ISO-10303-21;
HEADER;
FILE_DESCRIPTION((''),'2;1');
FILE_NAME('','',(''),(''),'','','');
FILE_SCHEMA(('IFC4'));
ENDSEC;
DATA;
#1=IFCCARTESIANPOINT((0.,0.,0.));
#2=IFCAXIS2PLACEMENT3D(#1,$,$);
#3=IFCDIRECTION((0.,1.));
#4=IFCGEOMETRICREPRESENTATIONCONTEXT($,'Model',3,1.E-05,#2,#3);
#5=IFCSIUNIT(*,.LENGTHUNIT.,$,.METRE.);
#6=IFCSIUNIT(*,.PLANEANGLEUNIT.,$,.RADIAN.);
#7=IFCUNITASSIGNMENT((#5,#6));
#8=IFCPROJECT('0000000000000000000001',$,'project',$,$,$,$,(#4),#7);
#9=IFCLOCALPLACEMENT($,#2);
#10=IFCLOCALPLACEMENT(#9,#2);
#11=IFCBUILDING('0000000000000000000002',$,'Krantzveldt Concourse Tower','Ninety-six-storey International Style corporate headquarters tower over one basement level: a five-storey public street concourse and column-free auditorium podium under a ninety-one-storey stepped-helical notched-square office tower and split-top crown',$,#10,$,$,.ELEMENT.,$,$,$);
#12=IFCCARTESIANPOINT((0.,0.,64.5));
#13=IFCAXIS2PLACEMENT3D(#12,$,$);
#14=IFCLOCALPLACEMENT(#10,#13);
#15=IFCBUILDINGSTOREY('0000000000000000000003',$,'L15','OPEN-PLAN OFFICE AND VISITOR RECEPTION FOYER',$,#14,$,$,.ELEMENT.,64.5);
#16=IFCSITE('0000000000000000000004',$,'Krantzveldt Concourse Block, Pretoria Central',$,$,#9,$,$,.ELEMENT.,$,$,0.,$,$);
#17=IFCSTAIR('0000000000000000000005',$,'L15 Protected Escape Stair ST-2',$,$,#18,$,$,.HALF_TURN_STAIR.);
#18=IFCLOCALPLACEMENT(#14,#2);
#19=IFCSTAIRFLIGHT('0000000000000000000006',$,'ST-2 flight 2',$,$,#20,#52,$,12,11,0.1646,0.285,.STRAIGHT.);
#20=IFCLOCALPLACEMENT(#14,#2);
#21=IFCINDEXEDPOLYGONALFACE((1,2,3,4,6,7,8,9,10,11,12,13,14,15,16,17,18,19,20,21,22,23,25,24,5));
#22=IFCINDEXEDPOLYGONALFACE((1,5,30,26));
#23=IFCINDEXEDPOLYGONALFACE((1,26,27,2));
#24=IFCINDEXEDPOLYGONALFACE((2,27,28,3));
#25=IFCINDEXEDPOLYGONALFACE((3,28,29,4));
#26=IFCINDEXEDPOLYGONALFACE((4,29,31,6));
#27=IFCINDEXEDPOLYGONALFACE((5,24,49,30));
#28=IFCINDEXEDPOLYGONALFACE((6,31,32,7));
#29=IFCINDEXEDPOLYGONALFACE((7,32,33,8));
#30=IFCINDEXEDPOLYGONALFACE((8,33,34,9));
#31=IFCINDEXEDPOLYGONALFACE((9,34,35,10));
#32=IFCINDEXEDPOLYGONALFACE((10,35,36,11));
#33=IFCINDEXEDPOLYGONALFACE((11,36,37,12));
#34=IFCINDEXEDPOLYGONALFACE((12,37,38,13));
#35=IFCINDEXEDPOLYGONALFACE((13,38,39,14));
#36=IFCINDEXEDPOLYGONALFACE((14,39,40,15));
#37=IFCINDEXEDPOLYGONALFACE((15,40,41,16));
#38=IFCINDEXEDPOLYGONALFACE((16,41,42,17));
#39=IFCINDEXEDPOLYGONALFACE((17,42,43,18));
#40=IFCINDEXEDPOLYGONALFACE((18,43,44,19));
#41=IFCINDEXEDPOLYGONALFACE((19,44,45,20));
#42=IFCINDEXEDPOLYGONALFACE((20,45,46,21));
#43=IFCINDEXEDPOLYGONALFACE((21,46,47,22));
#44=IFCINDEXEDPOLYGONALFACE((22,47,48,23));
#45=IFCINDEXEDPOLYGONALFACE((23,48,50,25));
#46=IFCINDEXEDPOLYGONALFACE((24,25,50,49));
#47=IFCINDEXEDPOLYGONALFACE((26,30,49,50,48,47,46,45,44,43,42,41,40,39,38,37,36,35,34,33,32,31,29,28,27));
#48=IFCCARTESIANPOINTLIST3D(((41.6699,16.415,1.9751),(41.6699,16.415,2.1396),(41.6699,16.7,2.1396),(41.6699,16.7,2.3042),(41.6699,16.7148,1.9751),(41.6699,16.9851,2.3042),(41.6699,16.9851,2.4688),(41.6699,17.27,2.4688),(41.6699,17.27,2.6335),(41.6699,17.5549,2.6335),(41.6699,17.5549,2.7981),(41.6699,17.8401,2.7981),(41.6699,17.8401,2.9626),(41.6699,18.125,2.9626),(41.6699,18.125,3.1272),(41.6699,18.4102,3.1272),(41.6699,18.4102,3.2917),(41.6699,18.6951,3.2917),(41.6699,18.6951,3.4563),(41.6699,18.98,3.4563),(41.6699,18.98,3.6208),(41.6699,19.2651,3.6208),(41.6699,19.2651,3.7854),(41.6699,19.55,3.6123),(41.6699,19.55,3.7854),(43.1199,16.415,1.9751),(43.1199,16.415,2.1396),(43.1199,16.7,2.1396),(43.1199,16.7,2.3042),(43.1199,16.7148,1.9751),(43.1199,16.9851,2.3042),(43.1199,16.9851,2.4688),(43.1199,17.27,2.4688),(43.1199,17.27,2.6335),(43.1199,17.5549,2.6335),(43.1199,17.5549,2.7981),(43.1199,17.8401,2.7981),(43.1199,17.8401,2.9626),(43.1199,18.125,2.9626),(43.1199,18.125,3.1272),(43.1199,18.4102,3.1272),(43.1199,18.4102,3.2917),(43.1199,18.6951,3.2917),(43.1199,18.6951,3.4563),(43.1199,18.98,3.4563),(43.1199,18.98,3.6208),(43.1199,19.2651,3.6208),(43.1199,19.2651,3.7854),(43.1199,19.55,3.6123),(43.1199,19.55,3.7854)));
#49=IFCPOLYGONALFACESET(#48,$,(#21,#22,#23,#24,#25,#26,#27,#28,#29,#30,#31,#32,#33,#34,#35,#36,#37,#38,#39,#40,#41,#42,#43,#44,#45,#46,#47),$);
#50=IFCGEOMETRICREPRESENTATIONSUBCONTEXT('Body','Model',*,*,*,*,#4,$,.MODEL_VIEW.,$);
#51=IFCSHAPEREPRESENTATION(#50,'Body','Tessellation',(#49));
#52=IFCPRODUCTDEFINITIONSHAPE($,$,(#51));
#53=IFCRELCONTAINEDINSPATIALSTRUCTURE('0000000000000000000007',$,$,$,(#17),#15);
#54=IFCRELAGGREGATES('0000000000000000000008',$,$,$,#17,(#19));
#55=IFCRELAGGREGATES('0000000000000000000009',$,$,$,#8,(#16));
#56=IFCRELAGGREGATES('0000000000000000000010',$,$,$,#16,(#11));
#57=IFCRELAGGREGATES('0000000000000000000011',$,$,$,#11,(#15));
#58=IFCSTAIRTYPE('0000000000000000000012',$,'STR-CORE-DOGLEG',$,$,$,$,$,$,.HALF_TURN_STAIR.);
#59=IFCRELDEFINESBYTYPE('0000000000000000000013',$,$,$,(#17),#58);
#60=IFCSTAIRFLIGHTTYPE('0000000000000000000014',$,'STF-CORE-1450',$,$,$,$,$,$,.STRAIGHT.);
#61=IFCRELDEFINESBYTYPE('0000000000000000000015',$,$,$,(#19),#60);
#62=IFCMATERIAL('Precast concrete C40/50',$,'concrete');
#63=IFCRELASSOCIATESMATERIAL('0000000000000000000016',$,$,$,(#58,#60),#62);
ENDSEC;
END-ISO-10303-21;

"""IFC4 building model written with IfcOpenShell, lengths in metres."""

from ifc_helpers import new_model, si_unit, direction, frame, origin, place, context, subcontext, project, spatial, polyline, outline, extrude, material, type_object, element, aggregate, save


model = new_model("IFC4")

# Units and contexts
model_context = context("Model", 3, precision=1e-05, world=origin(), true_north=direction((0.0, 1.0)))
body_context = subcontext(model_context, "Body", "Model", "MODEL_VIEW")
ifc_project = project(units=[si_unit("LENGTHUNIT", "METRE"), si_unit("PLANEANGLEUNIT", "RADIAN")], contexts=[model_context])

# Site, building, storey
site_placement = place(None, origin())
site = spatial("IfcSite", under=ifc_project, at=site_placement, Name="Krantzveldt Concourse Block, Pretoria Central", CompositionType="ELEMENT", RefElevation=0.0)
building_placement = place(site_placement, origin())
building = spatial("IfcBuilding", under=site, at=building_placement, Name="Krantzveldt Concourse Tower", Description="Ninety-six-storey International Style corporate headquarters tower over one basement level: a five-storey public street concourse and column-free auditorium podium under a ninety-one-storey stepped-helical notched-square office tower and split-top crown", CompositionType="ELEMENT")
storey_placement = place(building_placement, frame((0.0, 0.0, 64.5)))
storey = spatial("IfcBuildingStorey", under=building, at=storey_placement, Name="L15", Description="OPEN-PLAN OFFICE AND VISITOR RECEPTION FOYER", CompositionType="ELEMENT", Elevation=64.5)

# Stair, stair flight
ifc_material_1 = material(Name="Precast concrete C40/50", Category="concrete")
stair_type = type_object("IfcStairType", Name="STR-CORE-DOGLEG", PredefinedType="HALF_TURN_STAIR", material=ifc_material_1)
stair_placement = place(storey_placement, origin())
stair = element("IfcStair", 1, at=stair_placement, inside=storey, type_object=stair_type, Name="L15 Protected Escape Stair ST-2", PredefinedType="HALF_TURN_STAIR")
stair_flight_type = type_object("IfcStairFlightType", Name="STF-CORE-1450", PredefinedType="STRAIGHT", material=ifc_material_1)
stair_flight_1_placement = place(storey_placement, frame((42.395, 16.415, 1.9751), z_axis=(0.0, 0.0, 1.0), x_axis=(0.0, 1.0, 0.0)))
stair_flight_1 = element("IfcStairFlight", 2, at=stair_flight_1_placement, type_object=stair_flight_type, Name="ST-2 flight 2", NumberOfRisers=12, NumberOfTreads=11, PredefinedType="STRAIGHT", RiserHeight=0.1646, TreadLength=0.285, context=body_context, shape_type="SweptSolid", body=[
    extrude(outline(polyline([(0.0, 0.0), (0.0, 0.1646), (0.2849, 0.1646), (0.2849, 0.3291), (0.5701, 0.3291), (0.5701, 0.4937), (0.855, 0.4937), (0.855, 0.6584), (1.1399, 0.6584), (1.1399, 0.823), (1.425, 0.823), (1.425, 0.9875), (1.71, 0.9875), (1.71, 1.1521), (1.9951, 1.1521), (1.9951, 1.3167), (2.28, 1.3167), (2.28, 1.4812), (2.5649, 1.4812), (2.5649, 1.6458), (2.8501, 1.6458), (2.8501, 1.8103), (3.135, 1.8103), (3.135, 1.9751), (3.135, 1.6372), (0.2998, 0.0), (0.0, 0.0)])), frame((0.0, 0.7251, 0.0), z_axis=(0.0, -1.0, 0.0), x_axis=(1.0, 0.0, 0.0)), (0.0, 0.0, 1.0), 1.45),
])
aggregate(stair, [stair_flight_1])

save(model, "model.ifc")
